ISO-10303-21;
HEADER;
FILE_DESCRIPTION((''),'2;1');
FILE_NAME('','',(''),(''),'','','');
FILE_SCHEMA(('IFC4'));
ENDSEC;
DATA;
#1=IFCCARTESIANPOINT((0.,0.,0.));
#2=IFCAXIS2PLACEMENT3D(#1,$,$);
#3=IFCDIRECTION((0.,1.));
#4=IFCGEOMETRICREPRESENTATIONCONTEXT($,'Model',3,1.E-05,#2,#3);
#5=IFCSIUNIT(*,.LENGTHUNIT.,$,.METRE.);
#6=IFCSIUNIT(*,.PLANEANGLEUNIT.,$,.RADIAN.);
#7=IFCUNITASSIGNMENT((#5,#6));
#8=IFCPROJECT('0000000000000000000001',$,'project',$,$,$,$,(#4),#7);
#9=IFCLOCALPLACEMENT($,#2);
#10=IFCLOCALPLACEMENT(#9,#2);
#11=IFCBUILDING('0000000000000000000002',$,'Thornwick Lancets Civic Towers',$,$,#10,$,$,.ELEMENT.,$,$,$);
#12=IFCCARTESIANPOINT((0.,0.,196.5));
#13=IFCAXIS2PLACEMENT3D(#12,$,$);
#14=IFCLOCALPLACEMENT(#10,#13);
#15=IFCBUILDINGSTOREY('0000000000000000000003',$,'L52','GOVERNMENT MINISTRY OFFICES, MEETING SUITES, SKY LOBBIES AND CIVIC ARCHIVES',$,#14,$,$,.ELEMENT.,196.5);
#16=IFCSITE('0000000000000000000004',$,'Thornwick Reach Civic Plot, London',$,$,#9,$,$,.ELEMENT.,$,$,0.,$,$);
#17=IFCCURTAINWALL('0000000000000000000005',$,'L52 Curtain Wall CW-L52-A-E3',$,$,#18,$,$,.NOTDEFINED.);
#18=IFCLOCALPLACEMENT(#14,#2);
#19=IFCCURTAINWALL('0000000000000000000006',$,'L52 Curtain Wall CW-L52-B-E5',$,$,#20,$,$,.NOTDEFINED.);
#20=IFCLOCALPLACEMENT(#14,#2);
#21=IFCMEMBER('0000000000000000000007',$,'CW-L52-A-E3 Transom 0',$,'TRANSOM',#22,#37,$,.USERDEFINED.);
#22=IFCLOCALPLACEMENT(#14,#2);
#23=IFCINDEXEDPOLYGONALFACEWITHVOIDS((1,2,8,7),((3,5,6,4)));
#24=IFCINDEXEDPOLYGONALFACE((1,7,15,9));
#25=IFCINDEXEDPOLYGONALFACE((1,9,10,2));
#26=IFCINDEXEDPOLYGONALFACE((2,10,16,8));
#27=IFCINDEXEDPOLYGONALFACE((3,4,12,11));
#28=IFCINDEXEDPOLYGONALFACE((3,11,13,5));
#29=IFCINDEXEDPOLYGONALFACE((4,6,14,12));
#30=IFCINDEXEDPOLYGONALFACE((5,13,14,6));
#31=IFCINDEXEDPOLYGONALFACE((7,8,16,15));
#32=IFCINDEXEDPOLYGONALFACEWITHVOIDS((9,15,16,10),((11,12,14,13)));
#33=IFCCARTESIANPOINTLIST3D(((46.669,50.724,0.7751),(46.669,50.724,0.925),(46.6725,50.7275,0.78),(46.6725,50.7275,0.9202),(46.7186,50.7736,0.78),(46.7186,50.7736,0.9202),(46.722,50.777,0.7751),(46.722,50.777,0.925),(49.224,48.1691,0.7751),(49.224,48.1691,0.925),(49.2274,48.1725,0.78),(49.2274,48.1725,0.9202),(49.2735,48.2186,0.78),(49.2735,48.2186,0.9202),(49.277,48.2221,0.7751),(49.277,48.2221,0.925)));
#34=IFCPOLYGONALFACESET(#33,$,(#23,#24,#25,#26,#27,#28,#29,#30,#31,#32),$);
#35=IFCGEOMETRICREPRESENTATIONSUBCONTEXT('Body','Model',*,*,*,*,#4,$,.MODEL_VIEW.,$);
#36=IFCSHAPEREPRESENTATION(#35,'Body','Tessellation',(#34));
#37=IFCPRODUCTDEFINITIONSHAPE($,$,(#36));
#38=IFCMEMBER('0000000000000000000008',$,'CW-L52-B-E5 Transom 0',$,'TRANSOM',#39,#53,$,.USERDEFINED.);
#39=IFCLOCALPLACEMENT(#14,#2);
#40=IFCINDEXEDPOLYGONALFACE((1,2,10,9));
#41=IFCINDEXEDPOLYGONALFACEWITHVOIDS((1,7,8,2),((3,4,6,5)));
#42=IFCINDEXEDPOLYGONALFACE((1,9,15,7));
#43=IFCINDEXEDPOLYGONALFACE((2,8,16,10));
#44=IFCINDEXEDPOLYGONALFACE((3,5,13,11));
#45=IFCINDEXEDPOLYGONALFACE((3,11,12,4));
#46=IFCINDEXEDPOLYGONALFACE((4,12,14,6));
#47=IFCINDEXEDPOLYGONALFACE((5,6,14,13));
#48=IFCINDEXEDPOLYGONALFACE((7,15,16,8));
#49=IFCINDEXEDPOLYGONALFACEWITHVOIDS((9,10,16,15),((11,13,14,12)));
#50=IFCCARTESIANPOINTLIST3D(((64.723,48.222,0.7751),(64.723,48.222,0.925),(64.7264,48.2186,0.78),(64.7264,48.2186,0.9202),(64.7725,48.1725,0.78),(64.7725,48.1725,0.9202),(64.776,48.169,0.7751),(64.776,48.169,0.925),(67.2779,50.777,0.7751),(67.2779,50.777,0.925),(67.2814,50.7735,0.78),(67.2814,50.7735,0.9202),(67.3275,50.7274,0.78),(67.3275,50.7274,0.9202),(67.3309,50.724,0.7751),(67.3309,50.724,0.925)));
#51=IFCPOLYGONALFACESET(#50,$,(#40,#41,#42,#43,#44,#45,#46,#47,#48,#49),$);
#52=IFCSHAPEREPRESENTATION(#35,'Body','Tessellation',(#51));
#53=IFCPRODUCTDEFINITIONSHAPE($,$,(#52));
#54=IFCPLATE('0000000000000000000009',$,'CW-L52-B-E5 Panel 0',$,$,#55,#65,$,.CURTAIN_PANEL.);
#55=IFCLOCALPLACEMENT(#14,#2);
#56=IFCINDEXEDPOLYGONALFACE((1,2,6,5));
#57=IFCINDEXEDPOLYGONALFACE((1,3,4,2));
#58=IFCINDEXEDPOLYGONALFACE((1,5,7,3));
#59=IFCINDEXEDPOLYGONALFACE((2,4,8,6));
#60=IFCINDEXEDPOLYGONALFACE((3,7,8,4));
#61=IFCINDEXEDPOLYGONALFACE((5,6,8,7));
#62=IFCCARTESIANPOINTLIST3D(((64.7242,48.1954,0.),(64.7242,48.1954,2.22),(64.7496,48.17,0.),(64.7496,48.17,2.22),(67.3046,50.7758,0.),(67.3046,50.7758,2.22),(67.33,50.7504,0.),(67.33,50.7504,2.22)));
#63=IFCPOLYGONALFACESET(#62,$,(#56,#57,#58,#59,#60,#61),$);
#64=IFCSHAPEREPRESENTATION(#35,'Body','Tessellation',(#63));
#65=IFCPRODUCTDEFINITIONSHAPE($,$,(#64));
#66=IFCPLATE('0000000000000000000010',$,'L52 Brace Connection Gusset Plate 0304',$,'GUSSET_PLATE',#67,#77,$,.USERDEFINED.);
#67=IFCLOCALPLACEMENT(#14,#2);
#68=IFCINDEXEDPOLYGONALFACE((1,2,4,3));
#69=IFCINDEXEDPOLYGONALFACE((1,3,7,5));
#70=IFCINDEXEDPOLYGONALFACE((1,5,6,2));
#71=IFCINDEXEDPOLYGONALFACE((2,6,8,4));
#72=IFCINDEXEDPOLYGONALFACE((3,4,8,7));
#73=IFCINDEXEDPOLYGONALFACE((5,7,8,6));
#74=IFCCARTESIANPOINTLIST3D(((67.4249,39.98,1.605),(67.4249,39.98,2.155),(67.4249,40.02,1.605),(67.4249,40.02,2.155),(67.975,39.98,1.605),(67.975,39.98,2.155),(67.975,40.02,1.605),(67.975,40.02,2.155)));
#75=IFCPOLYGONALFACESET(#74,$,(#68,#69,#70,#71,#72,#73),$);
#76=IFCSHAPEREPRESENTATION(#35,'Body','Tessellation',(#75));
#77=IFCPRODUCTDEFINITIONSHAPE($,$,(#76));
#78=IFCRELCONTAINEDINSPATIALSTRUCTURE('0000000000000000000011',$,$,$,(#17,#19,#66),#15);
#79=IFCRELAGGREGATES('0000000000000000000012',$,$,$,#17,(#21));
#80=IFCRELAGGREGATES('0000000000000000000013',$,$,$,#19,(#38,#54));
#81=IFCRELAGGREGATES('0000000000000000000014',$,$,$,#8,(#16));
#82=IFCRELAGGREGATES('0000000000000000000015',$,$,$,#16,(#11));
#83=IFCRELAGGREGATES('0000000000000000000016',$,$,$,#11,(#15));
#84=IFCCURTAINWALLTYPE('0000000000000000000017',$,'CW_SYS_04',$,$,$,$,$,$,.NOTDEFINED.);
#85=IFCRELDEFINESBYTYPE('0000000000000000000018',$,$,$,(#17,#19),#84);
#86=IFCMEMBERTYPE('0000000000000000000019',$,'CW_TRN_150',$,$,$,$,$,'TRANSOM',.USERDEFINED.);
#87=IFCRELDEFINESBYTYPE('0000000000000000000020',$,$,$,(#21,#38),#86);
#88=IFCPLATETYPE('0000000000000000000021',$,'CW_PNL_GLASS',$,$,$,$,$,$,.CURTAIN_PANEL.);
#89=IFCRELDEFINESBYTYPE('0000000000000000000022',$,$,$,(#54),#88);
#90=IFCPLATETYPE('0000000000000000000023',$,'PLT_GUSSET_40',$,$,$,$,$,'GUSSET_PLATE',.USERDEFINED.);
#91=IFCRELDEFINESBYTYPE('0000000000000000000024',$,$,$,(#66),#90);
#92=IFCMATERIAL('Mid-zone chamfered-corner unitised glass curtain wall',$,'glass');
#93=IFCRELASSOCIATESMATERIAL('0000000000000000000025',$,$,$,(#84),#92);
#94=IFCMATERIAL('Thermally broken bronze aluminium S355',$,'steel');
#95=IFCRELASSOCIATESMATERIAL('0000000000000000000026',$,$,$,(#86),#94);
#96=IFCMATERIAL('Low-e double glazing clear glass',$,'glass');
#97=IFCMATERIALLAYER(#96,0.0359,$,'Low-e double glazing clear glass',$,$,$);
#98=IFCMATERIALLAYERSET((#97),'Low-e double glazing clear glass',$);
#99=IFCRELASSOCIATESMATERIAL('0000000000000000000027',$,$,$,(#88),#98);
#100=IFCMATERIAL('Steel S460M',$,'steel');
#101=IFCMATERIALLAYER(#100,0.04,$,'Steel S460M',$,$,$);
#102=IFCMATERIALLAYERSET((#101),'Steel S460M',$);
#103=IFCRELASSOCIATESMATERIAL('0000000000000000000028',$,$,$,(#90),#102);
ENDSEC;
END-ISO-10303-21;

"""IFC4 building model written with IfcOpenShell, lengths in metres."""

from ifc_helpers import new_model, si_unit, direction, frame, origin, origin_2d, place, context, subcontext, project, spatial, rectangle, hollow_rectangle, extrude, material, layer, layer_set, material_profile, profile_set, type_object, element, aggregate, save


model = new_model("IFC4")

# Units and contexts
model_context = context("Model", 3, precision=1e-05, world=origin(), true_north=direction((0.0, 1.0)))
body_context = subcontext(model_context, "Body", "Model", "MODEL_VIEW")
ifc_project = project(units=[si_unit("LENGTHUNIT", "METRE"), si_unit("PLANEANGLEUNIT", "RADIAN")], contexts=[model_context])

# Site, building, storey
site_placement = place(None, origin())
site = spatial("IfcSite", under=ifc_project, at=site_placement, Name="Thornwick Reach Civic Plot, London", CompositionType="ELEMENT", RefElevation=0.0)
building_placement = place(site_placement, origin())
building = spatial("IfcBuilding", under=site, at=building_placement, Name="Thornwick Lancets Civic Towers", CompositionType="ELEMENT")
storey_placement = place(building_placement, frame((0.0, 0.0, 196.5)))
storey = spatial("IfcBuildingStorey", under=building, at=storey_placement, Name="L52", Description="GOVERNMENT MINISTRY OFFICES, MEETING SUITES, SKY LOBBIES AND CIVIC ARCHIVES", CompositionType="ELEMENT", Elevation=196.5)

# Shared definitions
ifc_material_1 = material(Name="Steel S460M", Category="steel")

# Curtain wall
ifc_material_2 = material(Name="Mid-zone chamfered-corner unitised glass curtain wall", Category="glass")
curtain_wall_type = type_object("IfcCurtainWallType", Name="CW_SYS_04", PredefinedType="NOTDEFINED", material=ifc_material_2)
curtain_wall_1_placement = place(storey_placement, origin())
curtain_wall_1 = element("IfcCurtainWall", 1, at=curtain_wall_1_placement, inside=storey, type_object=curtain_wall_type, Name="L52 Curtain Wall CW-L52-A-E3", PredefinedType="NOTDEFINED")
ifc_material_3 = material(Name="Thermally broken bronze aluminium S355", Category="steel")

# Curtain wall
curtain_wall_2_placement = place(storey_placement, origin())
curtain_wall_2 = element("IfcCurtainWall", 2, at=curtain_wall_2_placement, inside=storey, type_object=curtain_wall_type, Name="L52 Curtain Wall CW-L52-B-E5", PredefinedType="NOTDEFINED")

# Members
ifc_material_profile_1 = material_profile(ifc_material_3, hollow_rectangle(XDim=0.075, YDim=0.1499, WallThickness=0.0049, at=origin_2d()), Name="RHS 150x75x5")
ifc_profile_set_1 = profile_set([ifc_material_profile_1], Name="Thermally broken bronze aluminium S355")
member_type_1 = type_object("IfcMemberType", Name="CW_TRN_150", ElementType="TRANSOM", PredefinedType="USERDEFINED", material=ifc_profile_set_1)
member_1_placement = place(storey_placement, frame((49.2505, 48.1956, 0.8501), z_axis=(-0.707107, 0.707107, 0.0), x_axis=(-0.707107, -0.707107, 0.0)))
member_1 = element("IfcMember", 3, at=member_1_placement, type_object=member_type_1, Name="CW-L52-A-E3 Transom 0", ObjectType="TRANSOM", PredefinedType="USERDEFINED", context=body_context, shape_type="SweptSolid", body=[
    extrude(hollow_rectangle(XDim=0.075, YDim=0.1499, WallThickness=0.0049, at=origin_2d()), origin(), (0.0, 0.0, 1.0), 3.6133),
])
aggregate(curtain_wall_1, [member_1])
member_2_placement = place(storey_placement, frame((67.3044, 50.7505, 0.8501), z_axis=(-0.707107, -0.707107, 0.0), x_axis=(0.707107, -0.707107, 0.0)))
member_2 = element("IfcMember", 4, at=member_2_placement, type_object=member_type_1, Name="CW-L52-B-E5 Transom 0", ObjectType="TRANSOM", PredefinedType="USERDEFINED", context=body_context, shape_type="SweptSolid", body=[
    extrude(hollow_rectangle(XDim=0.075, YDim=0.1499, WallThickness=0.0049, at=origin_2d()), origin(), (0.0, 0.0, 1.0), 3.6133),
])

# Plates
ifc_material_4 = material(Name="Low-e double glazing clear glass", Category="glass")
ifc_layer_1 = layer(ifc_material_4, 0.0359, Name="Low-e double glazing clear glass")
ifc_layer_set_1 = layer_set([ifc_layer_1], Name="Low-e double glazing clear glass")
plate_type_1 = type_object("IfcPlateType", Name="CW_PNL_GLASS", PredefinedType="CURTAIN_PANEL", material=ifc_layer_set_1)
plate_1_placement = place(storey_placement, frame((66.0271, 49.4729, 0.0), z_axis=(0.0, 0.0, 1.0), x_axis=(-0.707107, -0.707107, 0.0)))
plate_1 = element("IfcPlate", 5, at=plate_1_placement, type_object=plate_type_1, Name="CW-L52-B-E5 Panel 0", PredefinedType="CURTAIN_PANEL", context=body_context, shape_type="SweptSolid", body=[
    extrude(rectangle(XDim=3.6492, YDim=0.0359, at=origin_2d()), origin(), (0.0, 0.0, 1.0), 2.22),
])
aggregate(curtain_wall_2, [member_2, plate_1])
ifc_layer_2 = layer(ifc_material_1, 0.04, Name="Steel S460M")
ifc_layer_set_2 = layer_set([ifc_layer_2], Name="Steel S460M")
plate_type_2 = type_object("IfcPlateType", Name="PLT_GUSSET_40", ElementType="GUSSET_PLATE", PredefinedType="USERDEFINED", material=ifc_layer_set_2)
plate_2_placement = place(storey_placement, frame((67.7, 40.0, 1.605), z_axis=(0.0, 0.0, 1.0), x_axis=(-1.0, 0.0, 0.0)))
element("IfcPlate", 6, at=plate_2_placement, inside=storey, type_object=plate_type_2, Name="L52 Brace Connection Gusset Plate 0304", ObjectType="GUSSET_PLATE", PredefinedType="USERDEFINED", context=body_context, shape_type="SweptSolid", body=[
    extrude(rectangle(XDim=0.55, YDim=0.04, at=origin_2d()), origin(), (0.0, 0.0, 1.0), 0.55),
])

save(model, "model.ifc")
